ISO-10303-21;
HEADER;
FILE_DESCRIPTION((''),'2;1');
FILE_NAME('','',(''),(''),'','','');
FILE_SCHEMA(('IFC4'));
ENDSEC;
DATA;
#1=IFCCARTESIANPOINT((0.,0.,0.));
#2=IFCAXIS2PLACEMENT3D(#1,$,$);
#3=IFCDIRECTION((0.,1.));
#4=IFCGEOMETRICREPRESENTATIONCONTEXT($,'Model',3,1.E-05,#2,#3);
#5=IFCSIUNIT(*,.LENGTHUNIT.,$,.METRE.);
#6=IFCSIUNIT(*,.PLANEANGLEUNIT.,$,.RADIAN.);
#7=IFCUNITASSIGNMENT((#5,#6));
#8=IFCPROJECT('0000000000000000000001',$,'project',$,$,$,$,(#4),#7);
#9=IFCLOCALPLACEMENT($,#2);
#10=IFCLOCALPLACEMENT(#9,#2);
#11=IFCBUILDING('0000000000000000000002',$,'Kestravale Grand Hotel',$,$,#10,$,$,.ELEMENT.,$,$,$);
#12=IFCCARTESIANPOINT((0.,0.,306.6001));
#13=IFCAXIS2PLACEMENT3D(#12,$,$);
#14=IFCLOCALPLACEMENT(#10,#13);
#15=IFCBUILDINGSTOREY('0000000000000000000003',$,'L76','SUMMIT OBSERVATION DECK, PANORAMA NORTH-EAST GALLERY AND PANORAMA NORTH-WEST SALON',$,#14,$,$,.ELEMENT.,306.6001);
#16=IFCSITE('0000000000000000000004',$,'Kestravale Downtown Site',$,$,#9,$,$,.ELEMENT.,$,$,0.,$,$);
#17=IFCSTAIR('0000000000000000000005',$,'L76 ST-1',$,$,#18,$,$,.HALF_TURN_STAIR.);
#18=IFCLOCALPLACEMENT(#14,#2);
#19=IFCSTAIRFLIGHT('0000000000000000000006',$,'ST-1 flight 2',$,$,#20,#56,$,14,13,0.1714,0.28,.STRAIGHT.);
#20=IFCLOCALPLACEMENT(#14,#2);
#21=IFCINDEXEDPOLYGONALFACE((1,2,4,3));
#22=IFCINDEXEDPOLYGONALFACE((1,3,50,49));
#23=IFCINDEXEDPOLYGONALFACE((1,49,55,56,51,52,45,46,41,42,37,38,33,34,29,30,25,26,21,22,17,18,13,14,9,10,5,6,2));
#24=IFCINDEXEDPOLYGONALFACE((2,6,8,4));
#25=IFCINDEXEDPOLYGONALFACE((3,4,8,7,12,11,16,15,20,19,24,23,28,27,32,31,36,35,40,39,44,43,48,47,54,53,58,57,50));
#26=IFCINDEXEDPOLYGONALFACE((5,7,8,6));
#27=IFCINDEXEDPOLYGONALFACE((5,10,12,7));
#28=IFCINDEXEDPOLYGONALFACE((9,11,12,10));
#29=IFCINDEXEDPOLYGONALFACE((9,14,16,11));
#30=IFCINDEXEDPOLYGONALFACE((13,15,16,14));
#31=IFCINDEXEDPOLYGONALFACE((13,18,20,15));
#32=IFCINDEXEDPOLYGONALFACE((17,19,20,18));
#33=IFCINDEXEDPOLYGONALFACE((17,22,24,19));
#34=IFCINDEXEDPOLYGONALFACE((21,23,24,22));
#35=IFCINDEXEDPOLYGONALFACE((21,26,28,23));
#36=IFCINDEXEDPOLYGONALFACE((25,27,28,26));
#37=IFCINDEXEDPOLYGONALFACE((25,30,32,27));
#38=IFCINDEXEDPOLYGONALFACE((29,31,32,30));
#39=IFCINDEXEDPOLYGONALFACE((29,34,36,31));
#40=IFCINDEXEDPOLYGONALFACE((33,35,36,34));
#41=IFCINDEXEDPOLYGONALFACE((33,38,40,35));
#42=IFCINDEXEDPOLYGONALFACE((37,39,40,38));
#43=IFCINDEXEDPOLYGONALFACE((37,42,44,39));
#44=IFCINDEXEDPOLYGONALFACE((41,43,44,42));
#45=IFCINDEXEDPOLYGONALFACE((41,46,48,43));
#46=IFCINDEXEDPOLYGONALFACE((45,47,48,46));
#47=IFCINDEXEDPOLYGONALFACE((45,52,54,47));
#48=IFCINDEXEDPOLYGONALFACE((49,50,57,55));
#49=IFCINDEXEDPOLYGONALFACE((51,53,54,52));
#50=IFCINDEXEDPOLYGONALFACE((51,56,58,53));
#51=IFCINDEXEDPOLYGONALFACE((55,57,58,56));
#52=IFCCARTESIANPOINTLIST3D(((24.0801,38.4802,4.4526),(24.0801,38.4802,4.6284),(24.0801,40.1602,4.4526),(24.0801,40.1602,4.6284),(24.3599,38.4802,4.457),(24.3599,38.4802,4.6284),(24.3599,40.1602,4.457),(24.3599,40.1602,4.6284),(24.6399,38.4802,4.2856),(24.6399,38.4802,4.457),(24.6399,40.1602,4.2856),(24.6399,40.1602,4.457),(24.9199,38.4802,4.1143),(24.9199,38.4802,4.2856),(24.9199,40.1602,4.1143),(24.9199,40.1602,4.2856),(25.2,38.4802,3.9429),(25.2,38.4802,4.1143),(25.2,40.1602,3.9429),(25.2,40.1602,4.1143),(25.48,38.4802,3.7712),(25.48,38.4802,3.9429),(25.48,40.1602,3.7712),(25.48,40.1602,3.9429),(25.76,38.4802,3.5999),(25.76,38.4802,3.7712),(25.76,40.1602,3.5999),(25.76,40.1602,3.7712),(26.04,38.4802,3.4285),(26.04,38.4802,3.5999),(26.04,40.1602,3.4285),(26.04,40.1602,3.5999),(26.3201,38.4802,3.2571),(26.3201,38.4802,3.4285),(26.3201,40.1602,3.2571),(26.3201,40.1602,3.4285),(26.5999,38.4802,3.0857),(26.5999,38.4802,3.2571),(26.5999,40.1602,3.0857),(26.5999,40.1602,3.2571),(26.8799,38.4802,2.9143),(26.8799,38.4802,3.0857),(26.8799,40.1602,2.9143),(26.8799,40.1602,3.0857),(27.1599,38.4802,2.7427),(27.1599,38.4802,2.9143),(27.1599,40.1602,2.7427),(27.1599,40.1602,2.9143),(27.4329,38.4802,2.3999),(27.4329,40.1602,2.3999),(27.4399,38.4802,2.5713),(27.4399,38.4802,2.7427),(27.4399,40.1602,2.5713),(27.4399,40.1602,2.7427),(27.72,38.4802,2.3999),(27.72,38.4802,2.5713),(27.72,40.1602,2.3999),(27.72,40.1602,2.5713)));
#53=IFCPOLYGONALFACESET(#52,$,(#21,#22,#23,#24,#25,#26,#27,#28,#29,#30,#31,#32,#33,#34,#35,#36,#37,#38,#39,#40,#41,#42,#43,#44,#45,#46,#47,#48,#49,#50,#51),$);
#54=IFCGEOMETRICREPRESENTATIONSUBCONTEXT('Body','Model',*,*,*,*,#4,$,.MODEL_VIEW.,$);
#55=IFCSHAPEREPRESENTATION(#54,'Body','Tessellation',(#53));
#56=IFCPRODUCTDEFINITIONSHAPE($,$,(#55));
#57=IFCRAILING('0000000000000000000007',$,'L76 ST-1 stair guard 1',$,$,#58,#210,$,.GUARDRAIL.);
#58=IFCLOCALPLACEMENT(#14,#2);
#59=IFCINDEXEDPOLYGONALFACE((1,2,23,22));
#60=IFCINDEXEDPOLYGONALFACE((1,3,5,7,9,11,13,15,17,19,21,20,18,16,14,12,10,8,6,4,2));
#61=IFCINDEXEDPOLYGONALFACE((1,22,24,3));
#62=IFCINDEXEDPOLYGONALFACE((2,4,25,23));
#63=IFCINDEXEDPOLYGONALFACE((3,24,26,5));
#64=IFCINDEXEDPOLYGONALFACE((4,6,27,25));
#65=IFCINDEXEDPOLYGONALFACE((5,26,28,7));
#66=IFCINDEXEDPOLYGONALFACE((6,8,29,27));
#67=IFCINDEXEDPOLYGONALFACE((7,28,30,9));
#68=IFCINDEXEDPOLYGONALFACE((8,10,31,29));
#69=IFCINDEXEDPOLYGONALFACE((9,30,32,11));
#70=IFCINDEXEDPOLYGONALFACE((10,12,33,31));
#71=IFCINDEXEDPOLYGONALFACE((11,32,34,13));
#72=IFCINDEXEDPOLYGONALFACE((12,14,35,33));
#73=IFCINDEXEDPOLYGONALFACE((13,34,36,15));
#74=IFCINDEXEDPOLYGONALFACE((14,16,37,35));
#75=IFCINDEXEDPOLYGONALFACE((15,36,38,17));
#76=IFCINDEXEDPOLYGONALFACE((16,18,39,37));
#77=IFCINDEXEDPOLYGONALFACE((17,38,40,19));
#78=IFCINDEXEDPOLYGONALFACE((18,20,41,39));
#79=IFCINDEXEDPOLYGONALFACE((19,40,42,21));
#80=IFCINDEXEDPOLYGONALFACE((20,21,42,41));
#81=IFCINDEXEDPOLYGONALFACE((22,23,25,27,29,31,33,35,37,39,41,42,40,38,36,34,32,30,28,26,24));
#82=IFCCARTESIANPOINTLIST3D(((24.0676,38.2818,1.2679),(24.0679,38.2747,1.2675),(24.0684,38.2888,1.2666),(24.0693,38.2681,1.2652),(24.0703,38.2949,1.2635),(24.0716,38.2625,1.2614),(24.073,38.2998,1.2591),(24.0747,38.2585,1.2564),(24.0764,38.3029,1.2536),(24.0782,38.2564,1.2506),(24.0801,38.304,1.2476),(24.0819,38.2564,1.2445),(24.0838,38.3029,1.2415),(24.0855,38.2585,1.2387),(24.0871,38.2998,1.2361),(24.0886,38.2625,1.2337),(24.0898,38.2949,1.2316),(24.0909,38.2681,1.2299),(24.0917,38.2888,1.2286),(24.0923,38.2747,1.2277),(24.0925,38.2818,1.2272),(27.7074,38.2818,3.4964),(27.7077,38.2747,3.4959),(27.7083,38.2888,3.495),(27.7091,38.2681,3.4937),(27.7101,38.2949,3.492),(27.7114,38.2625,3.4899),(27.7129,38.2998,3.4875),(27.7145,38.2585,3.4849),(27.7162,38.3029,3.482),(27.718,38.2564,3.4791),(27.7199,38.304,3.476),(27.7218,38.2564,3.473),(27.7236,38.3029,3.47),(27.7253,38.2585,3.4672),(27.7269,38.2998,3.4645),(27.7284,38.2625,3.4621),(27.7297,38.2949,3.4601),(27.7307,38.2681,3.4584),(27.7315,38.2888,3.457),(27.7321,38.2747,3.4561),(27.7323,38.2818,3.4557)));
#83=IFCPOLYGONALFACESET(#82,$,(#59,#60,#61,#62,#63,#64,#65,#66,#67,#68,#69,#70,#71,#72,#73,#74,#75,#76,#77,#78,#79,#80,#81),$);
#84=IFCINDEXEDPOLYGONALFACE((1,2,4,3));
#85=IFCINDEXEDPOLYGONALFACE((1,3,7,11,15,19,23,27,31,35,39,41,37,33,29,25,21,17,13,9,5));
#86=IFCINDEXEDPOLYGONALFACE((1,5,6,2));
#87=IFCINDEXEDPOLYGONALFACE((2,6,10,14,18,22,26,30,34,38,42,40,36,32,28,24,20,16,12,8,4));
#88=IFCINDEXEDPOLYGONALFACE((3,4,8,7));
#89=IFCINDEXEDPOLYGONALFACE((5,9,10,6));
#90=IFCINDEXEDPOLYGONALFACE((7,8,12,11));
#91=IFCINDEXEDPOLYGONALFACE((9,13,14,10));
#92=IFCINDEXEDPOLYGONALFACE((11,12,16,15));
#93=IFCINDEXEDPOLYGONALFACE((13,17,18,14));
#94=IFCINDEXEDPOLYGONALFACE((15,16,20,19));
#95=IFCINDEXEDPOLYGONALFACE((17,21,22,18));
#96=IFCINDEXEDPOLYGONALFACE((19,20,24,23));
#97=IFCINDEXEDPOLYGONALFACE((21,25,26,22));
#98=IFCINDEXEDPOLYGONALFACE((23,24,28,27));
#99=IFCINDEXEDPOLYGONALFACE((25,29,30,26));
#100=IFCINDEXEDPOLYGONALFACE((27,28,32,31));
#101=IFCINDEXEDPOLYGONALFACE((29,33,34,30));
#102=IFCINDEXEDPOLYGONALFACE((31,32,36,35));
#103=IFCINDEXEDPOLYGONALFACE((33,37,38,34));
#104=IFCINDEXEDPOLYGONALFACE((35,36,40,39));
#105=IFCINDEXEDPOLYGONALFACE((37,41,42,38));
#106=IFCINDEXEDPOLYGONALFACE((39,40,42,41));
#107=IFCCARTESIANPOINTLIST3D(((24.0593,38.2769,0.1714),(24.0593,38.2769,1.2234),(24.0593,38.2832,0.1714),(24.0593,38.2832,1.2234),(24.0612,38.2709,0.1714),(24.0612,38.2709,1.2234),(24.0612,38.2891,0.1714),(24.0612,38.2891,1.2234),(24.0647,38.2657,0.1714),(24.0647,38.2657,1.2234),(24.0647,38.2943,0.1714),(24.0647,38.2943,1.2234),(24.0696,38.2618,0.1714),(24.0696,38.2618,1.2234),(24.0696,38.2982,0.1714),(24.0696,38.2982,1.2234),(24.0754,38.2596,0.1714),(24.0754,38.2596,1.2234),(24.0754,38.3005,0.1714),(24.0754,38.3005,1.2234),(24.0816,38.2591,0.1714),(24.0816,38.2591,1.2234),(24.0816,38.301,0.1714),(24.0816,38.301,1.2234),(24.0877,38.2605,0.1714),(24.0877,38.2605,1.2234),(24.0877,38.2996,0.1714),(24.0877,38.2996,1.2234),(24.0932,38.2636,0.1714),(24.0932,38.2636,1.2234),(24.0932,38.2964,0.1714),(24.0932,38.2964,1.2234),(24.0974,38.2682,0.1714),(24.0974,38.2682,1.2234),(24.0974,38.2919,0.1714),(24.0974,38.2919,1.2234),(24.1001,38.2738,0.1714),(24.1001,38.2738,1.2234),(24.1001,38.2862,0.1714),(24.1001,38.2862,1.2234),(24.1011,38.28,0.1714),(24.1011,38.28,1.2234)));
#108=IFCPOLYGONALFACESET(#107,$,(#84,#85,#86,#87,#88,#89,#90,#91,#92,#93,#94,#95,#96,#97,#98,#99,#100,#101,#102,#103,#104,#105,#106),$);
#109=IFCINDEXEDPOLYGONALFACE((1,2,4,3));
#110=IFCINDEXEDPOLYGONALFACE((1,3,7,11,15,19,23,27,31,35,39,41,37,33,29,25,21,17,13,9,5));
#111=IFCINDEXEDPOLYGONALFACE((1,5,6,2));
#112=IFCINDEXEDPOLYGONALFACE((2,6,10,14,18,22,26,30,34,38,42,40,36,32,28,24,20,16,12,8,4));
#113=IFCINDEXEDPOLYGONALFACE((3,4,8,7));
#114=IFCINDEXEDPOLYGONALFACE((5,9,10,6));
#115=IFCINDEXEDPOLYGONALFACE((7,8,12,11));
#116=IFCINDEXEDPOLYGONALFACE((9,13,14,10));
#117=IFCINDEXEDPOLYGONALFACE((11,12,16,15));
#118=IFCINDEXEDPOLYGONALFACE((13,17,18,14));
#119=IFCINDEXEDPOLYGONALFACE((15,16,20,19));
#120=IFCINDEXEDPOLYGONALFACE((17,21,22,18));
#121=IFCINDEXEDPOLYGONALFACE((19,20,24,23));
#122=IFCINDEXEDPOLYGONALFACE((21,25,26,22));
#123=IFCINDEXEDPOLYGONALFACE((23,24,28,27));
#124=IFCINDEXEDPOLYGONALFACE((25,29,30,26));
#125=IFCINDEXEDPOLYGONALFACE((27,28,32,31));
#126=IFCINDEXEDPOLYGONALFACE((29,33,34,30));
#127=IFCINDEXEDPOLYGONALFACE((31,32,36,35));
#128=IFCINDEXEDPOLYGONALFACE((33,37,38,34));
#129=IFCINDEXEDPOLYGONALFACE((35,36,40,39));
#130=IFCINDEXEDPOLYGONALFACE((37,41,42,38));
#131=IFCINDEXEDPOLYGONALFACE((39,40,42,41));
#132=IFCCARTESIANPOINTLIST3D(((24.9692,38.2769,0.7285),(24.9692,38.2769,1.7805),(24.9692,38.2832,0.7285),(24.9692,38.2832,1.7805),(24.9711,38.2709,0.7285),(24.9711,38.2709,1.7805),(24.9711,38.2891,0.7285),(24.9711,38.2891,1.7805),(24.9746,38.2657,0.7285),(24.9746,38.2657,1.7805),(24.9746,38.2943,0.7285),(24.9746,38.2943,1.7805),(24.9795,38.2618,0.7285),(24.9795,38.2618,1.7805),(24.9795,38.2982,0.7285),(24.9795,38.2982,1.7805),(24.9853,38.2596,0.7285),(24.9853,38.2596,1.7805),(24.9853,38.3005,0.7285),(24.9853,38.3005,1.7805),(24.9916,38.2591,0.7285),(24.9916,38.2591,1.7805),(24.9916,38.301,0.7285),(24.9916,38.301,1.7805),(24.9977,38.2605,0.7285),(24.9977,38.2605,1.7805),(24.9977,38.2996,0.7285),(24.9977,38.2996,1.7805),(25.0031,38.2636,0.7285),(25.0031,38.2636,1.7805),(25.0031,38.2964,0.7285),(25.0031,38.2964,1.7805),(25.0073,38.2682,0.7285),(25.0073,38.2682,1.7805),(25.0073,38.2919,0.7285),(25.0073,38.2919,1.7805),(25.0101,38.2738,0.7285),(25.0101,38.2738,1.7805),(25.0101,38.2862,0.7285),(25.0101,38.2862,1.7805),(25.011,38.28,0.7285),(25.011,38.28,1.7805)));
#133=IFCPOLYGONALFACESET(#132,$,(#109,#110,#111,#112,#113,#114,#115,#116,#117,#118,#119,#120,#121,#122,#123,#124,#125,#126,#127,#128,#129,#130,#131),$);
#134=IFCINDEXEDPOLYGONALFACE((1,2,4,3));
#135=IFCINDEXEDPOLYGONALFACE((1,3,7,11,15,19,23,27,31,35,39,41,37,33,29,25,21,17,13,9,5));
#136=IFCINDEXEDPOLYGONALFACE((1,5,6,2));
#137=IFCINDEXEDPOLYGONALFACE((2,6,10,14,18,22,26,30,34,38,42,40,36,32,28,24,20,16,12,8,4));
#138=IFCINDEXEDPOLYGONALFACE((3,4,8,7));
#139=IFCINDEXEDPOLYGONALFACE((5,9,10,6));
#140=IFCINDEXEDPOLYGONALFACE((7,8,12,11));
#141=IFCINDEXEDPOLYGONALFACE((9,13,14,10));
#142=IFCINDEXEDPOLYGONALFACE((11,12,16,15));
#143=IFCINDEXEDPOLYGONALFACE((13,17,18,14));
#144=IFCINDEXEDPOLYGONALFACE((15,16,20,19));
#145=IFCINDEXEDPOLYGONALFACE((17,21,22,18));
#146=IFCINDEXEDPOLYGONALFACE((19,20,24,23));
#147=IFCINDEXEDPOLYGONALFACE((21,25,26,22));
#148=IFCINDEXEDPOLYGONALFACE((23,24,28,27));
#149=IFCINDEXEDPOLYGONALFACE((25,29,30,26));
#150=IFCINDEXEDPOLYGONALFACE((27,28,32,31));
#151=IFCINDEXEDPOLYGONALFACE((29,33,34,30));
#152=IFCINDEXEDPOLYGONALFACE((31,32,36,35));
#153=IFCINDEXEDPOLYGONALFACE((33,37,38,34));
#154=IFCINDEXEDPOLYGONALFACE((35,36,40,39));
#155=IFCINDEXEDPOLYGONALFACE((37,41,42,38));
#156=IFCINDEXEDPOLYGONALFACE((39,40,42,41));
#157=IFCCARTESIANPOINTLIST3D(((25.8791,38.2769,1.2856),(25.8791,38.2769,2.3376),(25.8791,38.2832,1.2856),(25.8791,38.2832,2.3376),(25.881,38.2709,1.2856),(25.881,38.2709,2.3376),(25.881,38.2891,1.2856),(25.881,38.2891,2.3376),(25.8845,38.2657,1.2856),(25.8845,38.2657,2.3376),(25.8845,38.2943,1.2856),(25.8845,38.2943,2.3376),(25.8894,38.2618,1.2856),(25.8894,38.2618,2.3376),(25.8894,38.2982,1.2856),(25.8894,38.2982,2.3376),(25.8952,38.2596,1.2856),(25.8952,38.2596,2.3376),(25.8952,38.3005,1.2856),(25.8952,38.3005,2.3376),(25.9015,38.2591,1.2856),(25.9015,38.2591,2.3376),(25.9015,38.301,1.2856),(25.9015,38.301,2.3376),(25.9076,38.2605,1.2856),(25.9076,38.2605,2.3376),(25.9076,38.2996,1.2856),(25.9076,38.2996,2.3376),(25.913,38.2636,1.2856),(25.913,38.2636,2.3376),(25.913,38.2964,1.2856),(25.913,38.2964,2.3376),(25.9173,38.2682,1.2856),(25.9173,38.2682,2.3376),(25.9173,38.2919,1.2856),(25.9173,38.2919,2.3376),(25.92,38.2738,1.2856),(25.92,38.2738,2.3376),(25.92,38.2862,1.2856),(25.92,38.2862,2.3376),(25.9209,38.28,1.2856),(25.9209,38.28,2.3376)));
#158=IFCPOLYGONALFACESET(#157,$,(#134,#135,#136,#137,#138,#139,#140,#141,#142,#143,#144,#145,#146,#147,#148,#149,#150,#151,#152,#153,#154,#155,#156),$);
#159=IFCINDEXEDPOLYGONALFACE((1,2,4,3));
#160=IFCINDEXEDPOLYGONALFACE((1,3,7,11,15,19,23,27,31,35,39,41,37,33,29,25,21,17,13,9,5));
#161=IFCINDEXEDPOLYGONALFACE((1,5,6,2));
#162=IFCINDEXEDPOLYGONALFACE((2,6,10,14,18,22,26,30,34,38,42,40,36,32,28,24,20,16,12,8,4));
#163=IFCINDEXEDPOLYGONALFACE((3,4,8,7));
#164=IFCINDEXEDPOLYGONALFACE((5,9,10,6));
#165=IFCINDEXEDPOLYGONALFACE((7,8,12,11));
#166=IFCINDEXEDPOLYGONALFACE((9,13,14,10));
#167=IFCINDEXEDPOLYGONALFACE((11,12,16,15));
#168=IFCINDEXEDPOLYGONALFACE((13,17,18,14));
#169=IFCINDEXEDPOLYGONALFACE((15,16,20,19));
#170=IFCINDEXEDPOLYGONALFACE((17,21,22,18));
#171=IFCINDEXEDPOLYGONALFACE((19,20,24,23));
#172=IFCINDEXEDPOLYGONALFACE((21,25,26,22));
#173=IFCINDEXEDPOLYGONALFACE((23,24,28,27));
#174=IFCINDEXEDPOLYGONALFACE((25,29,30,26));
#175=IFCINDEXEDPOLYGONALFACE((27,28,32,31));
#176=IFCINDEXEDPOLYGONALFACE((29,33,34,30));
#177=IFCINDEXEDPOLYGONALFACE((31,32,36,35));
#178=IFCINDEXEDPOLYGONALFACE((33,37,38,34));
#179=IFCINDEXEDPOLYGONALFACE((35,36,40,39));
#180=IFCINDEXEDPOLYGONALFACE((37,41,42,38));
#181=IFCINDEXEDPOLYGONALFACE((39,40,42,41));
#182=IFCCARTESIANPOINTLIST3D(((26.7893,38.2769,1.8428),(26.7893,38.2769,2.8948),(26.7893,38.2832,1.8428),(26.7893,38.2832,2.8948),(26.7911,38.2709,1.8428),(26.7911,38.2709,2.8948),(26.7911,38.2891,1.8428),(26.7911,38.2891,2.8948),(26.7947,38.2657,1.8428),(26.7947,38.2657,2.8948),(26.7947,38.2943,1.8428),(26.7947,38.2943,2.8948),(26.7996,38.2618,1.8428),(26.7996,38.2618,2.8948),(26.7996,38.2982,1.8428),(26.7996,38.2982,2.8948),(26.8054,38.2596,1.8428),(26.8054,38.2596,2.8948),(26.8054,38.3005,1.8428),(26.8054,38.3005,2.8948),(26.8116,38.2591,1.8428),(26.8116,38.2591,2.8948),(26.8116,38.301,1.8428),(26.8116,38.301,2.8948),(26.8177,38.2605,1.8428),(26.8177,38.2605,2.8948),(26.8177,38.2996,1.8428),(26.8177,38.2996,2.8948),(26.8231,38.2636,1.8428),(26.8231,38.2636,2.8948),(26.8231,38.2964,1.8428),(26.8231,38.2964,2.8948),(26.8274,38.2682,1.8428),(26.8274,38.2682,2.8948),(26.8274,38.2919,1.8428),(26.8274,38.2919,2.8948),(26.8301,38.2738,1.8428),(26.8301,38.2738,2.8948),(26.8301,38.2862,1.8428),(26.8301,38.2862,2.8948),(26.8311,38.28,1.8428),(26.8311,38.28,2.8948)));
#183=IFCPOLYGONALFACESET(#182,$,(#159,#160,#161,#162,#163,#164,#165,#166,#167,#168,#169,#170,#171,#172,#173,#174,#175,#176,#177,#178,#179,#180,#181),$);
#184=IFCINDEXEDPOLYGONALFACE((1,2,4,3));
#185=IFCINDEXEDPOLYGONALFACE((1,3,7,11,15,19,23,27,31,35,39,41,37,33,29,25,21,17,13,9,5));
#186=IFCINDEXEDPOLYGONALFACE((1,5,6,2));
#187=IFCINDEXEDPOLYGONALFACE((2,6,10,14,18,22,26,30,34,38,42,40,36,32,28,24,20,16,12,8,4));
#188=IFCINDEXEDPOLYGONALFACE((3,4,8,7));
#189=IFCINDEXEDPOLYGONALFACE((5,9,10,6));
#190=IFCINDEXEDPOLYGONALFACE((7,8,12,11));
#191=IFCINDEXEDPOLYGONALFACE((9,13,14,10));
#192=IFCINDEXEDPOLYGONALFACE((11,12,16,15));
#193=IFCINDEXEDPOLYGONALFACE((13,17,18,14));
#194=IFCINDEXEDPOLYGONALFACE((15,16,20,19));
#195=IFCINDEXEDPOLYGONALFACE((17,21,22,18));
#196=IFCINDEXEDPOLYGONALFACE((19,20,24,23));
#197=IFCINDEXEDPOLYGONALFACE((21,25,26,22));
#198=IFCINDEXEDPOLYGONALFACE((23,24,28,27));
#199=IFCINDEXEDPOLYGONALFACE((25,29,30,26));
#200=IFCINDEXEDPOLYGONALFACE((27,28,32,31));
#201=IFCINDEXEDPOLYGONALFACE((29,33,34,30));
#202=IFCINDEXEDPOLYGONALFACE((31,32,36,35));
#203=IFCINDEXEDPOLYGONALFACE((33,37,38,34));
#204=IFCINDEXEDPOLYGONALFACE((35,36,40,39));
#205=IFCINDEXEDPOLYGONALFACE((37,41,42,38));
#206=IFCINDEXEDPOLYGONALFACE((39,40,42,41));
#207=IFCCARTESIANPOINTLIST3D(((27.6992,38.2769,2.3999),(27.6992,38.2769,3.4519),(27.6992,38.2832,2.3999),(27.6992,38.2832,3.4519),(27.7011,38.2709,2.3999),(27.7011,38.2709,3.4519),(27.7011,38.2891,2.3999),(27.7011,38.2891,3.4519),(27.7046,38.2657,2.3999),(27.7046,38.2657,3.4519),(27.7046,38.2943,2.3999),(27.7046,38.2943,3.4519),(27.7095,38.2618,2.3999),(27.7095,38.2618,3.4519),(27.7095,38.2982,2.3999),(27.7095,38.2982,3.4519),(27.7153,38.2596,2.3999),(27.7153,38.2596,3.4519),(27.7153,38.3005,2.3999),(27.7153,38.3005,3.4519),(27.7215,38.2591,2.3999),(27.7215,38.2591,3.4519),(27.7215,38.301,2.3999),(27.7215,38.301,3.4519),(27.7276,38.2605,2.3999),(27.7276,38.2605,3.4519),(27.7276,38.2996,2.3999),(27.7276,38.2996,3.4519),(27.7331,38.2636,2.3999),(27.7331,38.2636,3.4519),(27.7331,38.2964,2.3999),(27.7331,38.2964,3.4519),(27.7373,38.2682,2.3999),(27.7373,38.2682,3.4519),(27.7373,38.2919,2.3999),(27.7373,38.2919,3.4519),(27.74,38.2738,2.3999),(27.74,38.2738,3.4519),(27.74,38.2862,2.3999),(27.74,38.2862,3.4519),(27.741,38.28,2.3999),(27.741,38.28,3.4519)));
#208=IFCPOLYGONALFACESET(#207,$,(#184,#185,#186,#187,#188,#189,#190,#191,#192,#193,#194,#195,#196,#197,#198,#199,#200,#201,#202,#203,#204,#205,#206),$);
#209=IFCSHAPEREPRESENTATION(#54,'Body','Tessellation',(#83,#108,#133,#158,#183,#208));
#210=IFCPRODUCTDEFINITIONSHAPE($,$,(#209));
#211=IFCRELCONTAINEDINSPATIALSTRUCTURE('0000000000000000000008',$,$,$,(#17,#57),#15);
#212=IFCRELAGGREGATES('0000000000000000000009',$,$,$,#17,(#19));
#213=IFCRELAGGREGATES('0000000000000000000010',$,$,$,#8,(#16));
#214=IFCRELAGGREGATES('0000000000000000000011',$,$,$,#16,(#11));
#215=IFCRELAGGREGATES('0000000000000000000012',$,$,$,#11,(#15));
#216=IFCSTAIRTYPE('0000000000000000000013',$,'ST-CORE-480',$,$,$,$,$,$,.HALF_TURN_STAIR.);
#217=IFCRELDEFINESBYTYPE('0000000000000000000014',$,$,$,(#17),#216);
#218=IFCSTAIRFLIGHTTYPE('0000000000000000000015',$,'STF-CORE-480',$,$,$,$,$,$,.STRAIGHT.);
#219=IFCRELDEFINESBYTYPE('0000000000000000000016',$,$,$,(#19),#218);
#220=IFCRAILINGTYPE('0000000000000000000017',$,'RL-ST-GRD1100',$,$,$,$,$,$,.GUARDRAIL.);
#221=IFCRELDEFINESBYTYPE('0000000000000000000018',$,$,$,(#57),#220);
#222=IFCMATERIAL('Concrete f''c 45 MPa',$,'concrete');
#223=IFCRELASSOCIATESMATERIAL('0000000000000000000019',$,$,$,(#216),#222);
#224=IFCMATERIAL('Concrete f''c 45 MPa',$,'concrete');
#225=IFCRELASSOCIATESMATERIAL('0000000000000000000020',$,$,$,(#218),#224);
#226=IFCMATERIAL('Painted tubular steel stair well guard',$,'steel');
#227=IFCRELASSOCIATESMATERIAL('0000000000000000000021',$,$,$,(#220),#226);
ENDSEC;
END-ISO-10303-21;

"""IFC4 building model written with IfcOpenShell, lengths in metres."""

from ifc_helpers import new_model, si_unit, direction, frame, origin, origin_2d, place, context, subcontext, project, spatial, polyline, circle, outline, extrude, material, type_object, element, aggregate, save


model = new_model("IFC4")

# Units and contexts
model_context = context("Model", 3, precision=1e-05, world=origin(), true_north=direction((0.0, 1.0)))
body_context = subcontext(model_context, "Body", "Model", "MODEL_VIEW")
ifc_project = project(units=[si_unit("LENGTHUNIT", "METRE"), si_unit("PLANEANGLEUNIT", "RADIAN")], contexts=[model_context])

# Site, building, storey
site_placement = place(None, origin())
site = spatial("IfcSite", under=ifc_project, at=site_placement, Name="Kestravale Downtown Site", CompositionType="ELEMENT", RefElevation=0.0)
building_placement = place(site_placement, origin())
building = spatial("IfcBuilding", under=site, at=building_placement, Name="Kestravale Grand Hotel", CompositionType="ELEMENT")
storey_placement = place(building_placement, frame((0.0, 0.0, 306.6001)))
storey = spatial("IfcBuildingStorey", under=building, at=storey_placement, Name="L76", Description="SUMMIT OBSERVATION DECK, PANORAMA NORTH-EAST GALLERY AND PANORAMA NORTH-WEST SALON", CompositionType="ELEMENT", Elevation=306.6001)

# Stair, stair flight
ifc_material_1 = material(Name="Concrete f'c 45 MPa", Category="concrete")
stair_type = type_object("IfcStairType", Name="ST-CORE-480", PredefinedType="HALF_TURN_STAIR", material=ifc_material_1)
stair_placement = place(storey_placement, origin())
stair = element("IfcStair", 1, at=stair_placement, inside=storey, type_object=stair_type, Name="L76 ST-1", PredefinedType="HALF_TURN_STAIR")
ifc_material_2 = material(Name="Concrete f'c 45 MPa", Category="concrete")
stair_flight_type = type_object("IfcStairFlightType", Name="STF-CORE-480", PredefinedType="STRAIGHT", material=ifc_material_2)
stair_flight_1_placement = place(storey_placement, frame((27.72, 39.3201, 2.3999), z_axis=(0.0, 0.0, 1.0), x_axis=(-1.0, 0.0, 0.0)))
stair_flight_1 = element("IfcStairFlight", 2, at=stair_flight_1_placement, type_object=stair_flight_type, Name="ST-1 flight 2", NumberOfRisers=14, NumberOfTreads=13, PredefinedType="STRAIGHT", RiserHeight=0.1714, TreadLength=0.28, context=body_context, shape_type="SweptSolid", body=[
    extrude(outline(polyline([(0.0, 0.0), (0.0, 0.1714), (0.28, 0.1714), (0.28, 0.3428), (0.5601, 0.3428), (0.5601, 0.5144), (0.8401, 0.5144), (0.8401, 0.6858), (1.1201, 0.6858), (1.1201, 0.8572), (1.3999, 0.8572), (1.3999, 1.0286), (1.6799, 1.0286), (1.6799, 1.2), (1.96, 1.2), (1.96, 1.3713), (2.24, 1.3713), (2.24, 1.543), (2.52, 1.543), (2.52, 1.7144), (2.8, 1.7144), (2.8, 1.8857), (3.0801, 1.8857), (3.0801, 2.0571), (3.3601, 2.0571), (3.3601, 2.2285), (3.6399, 2.2285), (3.6399, 2.3999), (3.6399, 2.0527), (0.2871, 0.0), (0.0, 0.0)])), frame((0.0, 0.8398, 0.0), z_axis=(0.0, -1.0, 0.0), x_axis=(1.0, 0.0, 0.0)), (0.0, 0.0, 1.0), 1.6799),
])
aggregate(stair, [stair_flight_1])

# Railing
ifc_material_3 = material(Name="Painted tubular steel stair well guard", Category="steel")
railing_type_1 = type_object("IfcRailingType", Name="RL-ST-GRD1100", PredefinedType="GUARDRAIL", material=ifc_material_3)
railing_1_placement = place(storey_placement, frame((24.0801, 38.28, 0.1714)))
element("IfcRailing", 3, at=railing_1_placement, inside=storey, type_object=railing_type_1, Name="L76 ST-1 stair guard 1", PredefinedType="GUARDRAIL", context=body_context, shape_type="SweptSolid", body=[
    extrude(circle(Radius=0.0239, at=origin_2d()), frame((0.0, 0.0, 1.0762), z_axis=(0.85285, 0.0, 0.522156), x_axis=(0.0, 1.0, 0.0)), (0.0, 0.0, 1.0), 4.2678),
    extrude(circle(Radius=0.021, at=origin_2d()), origin(), (0.0, 0.0, 1.0), 1.052),
    extrude(circle(Radius=0.021, at=origin_2d()), frame((0.9099, 0.0, 0.5571)), (0.0, 0.0, 1.0), 1.052),
    extrude(circle(Radius=0.021, at=origin_2d()), frame((1.8198, 0.0, 1.1143)), (0.0, 0.0, 1.0), 1.052),
    extrude(circle(Radius=0.021, at=origin_2d()), frame((2.73, 0.0, 1.6714)), (0.0, 0.0, 1.0), 1.052),
    extrude(circle(Radius=0.021, at=origin_2d()), frame((3.6399, 0.0, 2.2285)), (0.0, 0.0, 1.0), 1.052),
])

save(model, "model.ifc")
